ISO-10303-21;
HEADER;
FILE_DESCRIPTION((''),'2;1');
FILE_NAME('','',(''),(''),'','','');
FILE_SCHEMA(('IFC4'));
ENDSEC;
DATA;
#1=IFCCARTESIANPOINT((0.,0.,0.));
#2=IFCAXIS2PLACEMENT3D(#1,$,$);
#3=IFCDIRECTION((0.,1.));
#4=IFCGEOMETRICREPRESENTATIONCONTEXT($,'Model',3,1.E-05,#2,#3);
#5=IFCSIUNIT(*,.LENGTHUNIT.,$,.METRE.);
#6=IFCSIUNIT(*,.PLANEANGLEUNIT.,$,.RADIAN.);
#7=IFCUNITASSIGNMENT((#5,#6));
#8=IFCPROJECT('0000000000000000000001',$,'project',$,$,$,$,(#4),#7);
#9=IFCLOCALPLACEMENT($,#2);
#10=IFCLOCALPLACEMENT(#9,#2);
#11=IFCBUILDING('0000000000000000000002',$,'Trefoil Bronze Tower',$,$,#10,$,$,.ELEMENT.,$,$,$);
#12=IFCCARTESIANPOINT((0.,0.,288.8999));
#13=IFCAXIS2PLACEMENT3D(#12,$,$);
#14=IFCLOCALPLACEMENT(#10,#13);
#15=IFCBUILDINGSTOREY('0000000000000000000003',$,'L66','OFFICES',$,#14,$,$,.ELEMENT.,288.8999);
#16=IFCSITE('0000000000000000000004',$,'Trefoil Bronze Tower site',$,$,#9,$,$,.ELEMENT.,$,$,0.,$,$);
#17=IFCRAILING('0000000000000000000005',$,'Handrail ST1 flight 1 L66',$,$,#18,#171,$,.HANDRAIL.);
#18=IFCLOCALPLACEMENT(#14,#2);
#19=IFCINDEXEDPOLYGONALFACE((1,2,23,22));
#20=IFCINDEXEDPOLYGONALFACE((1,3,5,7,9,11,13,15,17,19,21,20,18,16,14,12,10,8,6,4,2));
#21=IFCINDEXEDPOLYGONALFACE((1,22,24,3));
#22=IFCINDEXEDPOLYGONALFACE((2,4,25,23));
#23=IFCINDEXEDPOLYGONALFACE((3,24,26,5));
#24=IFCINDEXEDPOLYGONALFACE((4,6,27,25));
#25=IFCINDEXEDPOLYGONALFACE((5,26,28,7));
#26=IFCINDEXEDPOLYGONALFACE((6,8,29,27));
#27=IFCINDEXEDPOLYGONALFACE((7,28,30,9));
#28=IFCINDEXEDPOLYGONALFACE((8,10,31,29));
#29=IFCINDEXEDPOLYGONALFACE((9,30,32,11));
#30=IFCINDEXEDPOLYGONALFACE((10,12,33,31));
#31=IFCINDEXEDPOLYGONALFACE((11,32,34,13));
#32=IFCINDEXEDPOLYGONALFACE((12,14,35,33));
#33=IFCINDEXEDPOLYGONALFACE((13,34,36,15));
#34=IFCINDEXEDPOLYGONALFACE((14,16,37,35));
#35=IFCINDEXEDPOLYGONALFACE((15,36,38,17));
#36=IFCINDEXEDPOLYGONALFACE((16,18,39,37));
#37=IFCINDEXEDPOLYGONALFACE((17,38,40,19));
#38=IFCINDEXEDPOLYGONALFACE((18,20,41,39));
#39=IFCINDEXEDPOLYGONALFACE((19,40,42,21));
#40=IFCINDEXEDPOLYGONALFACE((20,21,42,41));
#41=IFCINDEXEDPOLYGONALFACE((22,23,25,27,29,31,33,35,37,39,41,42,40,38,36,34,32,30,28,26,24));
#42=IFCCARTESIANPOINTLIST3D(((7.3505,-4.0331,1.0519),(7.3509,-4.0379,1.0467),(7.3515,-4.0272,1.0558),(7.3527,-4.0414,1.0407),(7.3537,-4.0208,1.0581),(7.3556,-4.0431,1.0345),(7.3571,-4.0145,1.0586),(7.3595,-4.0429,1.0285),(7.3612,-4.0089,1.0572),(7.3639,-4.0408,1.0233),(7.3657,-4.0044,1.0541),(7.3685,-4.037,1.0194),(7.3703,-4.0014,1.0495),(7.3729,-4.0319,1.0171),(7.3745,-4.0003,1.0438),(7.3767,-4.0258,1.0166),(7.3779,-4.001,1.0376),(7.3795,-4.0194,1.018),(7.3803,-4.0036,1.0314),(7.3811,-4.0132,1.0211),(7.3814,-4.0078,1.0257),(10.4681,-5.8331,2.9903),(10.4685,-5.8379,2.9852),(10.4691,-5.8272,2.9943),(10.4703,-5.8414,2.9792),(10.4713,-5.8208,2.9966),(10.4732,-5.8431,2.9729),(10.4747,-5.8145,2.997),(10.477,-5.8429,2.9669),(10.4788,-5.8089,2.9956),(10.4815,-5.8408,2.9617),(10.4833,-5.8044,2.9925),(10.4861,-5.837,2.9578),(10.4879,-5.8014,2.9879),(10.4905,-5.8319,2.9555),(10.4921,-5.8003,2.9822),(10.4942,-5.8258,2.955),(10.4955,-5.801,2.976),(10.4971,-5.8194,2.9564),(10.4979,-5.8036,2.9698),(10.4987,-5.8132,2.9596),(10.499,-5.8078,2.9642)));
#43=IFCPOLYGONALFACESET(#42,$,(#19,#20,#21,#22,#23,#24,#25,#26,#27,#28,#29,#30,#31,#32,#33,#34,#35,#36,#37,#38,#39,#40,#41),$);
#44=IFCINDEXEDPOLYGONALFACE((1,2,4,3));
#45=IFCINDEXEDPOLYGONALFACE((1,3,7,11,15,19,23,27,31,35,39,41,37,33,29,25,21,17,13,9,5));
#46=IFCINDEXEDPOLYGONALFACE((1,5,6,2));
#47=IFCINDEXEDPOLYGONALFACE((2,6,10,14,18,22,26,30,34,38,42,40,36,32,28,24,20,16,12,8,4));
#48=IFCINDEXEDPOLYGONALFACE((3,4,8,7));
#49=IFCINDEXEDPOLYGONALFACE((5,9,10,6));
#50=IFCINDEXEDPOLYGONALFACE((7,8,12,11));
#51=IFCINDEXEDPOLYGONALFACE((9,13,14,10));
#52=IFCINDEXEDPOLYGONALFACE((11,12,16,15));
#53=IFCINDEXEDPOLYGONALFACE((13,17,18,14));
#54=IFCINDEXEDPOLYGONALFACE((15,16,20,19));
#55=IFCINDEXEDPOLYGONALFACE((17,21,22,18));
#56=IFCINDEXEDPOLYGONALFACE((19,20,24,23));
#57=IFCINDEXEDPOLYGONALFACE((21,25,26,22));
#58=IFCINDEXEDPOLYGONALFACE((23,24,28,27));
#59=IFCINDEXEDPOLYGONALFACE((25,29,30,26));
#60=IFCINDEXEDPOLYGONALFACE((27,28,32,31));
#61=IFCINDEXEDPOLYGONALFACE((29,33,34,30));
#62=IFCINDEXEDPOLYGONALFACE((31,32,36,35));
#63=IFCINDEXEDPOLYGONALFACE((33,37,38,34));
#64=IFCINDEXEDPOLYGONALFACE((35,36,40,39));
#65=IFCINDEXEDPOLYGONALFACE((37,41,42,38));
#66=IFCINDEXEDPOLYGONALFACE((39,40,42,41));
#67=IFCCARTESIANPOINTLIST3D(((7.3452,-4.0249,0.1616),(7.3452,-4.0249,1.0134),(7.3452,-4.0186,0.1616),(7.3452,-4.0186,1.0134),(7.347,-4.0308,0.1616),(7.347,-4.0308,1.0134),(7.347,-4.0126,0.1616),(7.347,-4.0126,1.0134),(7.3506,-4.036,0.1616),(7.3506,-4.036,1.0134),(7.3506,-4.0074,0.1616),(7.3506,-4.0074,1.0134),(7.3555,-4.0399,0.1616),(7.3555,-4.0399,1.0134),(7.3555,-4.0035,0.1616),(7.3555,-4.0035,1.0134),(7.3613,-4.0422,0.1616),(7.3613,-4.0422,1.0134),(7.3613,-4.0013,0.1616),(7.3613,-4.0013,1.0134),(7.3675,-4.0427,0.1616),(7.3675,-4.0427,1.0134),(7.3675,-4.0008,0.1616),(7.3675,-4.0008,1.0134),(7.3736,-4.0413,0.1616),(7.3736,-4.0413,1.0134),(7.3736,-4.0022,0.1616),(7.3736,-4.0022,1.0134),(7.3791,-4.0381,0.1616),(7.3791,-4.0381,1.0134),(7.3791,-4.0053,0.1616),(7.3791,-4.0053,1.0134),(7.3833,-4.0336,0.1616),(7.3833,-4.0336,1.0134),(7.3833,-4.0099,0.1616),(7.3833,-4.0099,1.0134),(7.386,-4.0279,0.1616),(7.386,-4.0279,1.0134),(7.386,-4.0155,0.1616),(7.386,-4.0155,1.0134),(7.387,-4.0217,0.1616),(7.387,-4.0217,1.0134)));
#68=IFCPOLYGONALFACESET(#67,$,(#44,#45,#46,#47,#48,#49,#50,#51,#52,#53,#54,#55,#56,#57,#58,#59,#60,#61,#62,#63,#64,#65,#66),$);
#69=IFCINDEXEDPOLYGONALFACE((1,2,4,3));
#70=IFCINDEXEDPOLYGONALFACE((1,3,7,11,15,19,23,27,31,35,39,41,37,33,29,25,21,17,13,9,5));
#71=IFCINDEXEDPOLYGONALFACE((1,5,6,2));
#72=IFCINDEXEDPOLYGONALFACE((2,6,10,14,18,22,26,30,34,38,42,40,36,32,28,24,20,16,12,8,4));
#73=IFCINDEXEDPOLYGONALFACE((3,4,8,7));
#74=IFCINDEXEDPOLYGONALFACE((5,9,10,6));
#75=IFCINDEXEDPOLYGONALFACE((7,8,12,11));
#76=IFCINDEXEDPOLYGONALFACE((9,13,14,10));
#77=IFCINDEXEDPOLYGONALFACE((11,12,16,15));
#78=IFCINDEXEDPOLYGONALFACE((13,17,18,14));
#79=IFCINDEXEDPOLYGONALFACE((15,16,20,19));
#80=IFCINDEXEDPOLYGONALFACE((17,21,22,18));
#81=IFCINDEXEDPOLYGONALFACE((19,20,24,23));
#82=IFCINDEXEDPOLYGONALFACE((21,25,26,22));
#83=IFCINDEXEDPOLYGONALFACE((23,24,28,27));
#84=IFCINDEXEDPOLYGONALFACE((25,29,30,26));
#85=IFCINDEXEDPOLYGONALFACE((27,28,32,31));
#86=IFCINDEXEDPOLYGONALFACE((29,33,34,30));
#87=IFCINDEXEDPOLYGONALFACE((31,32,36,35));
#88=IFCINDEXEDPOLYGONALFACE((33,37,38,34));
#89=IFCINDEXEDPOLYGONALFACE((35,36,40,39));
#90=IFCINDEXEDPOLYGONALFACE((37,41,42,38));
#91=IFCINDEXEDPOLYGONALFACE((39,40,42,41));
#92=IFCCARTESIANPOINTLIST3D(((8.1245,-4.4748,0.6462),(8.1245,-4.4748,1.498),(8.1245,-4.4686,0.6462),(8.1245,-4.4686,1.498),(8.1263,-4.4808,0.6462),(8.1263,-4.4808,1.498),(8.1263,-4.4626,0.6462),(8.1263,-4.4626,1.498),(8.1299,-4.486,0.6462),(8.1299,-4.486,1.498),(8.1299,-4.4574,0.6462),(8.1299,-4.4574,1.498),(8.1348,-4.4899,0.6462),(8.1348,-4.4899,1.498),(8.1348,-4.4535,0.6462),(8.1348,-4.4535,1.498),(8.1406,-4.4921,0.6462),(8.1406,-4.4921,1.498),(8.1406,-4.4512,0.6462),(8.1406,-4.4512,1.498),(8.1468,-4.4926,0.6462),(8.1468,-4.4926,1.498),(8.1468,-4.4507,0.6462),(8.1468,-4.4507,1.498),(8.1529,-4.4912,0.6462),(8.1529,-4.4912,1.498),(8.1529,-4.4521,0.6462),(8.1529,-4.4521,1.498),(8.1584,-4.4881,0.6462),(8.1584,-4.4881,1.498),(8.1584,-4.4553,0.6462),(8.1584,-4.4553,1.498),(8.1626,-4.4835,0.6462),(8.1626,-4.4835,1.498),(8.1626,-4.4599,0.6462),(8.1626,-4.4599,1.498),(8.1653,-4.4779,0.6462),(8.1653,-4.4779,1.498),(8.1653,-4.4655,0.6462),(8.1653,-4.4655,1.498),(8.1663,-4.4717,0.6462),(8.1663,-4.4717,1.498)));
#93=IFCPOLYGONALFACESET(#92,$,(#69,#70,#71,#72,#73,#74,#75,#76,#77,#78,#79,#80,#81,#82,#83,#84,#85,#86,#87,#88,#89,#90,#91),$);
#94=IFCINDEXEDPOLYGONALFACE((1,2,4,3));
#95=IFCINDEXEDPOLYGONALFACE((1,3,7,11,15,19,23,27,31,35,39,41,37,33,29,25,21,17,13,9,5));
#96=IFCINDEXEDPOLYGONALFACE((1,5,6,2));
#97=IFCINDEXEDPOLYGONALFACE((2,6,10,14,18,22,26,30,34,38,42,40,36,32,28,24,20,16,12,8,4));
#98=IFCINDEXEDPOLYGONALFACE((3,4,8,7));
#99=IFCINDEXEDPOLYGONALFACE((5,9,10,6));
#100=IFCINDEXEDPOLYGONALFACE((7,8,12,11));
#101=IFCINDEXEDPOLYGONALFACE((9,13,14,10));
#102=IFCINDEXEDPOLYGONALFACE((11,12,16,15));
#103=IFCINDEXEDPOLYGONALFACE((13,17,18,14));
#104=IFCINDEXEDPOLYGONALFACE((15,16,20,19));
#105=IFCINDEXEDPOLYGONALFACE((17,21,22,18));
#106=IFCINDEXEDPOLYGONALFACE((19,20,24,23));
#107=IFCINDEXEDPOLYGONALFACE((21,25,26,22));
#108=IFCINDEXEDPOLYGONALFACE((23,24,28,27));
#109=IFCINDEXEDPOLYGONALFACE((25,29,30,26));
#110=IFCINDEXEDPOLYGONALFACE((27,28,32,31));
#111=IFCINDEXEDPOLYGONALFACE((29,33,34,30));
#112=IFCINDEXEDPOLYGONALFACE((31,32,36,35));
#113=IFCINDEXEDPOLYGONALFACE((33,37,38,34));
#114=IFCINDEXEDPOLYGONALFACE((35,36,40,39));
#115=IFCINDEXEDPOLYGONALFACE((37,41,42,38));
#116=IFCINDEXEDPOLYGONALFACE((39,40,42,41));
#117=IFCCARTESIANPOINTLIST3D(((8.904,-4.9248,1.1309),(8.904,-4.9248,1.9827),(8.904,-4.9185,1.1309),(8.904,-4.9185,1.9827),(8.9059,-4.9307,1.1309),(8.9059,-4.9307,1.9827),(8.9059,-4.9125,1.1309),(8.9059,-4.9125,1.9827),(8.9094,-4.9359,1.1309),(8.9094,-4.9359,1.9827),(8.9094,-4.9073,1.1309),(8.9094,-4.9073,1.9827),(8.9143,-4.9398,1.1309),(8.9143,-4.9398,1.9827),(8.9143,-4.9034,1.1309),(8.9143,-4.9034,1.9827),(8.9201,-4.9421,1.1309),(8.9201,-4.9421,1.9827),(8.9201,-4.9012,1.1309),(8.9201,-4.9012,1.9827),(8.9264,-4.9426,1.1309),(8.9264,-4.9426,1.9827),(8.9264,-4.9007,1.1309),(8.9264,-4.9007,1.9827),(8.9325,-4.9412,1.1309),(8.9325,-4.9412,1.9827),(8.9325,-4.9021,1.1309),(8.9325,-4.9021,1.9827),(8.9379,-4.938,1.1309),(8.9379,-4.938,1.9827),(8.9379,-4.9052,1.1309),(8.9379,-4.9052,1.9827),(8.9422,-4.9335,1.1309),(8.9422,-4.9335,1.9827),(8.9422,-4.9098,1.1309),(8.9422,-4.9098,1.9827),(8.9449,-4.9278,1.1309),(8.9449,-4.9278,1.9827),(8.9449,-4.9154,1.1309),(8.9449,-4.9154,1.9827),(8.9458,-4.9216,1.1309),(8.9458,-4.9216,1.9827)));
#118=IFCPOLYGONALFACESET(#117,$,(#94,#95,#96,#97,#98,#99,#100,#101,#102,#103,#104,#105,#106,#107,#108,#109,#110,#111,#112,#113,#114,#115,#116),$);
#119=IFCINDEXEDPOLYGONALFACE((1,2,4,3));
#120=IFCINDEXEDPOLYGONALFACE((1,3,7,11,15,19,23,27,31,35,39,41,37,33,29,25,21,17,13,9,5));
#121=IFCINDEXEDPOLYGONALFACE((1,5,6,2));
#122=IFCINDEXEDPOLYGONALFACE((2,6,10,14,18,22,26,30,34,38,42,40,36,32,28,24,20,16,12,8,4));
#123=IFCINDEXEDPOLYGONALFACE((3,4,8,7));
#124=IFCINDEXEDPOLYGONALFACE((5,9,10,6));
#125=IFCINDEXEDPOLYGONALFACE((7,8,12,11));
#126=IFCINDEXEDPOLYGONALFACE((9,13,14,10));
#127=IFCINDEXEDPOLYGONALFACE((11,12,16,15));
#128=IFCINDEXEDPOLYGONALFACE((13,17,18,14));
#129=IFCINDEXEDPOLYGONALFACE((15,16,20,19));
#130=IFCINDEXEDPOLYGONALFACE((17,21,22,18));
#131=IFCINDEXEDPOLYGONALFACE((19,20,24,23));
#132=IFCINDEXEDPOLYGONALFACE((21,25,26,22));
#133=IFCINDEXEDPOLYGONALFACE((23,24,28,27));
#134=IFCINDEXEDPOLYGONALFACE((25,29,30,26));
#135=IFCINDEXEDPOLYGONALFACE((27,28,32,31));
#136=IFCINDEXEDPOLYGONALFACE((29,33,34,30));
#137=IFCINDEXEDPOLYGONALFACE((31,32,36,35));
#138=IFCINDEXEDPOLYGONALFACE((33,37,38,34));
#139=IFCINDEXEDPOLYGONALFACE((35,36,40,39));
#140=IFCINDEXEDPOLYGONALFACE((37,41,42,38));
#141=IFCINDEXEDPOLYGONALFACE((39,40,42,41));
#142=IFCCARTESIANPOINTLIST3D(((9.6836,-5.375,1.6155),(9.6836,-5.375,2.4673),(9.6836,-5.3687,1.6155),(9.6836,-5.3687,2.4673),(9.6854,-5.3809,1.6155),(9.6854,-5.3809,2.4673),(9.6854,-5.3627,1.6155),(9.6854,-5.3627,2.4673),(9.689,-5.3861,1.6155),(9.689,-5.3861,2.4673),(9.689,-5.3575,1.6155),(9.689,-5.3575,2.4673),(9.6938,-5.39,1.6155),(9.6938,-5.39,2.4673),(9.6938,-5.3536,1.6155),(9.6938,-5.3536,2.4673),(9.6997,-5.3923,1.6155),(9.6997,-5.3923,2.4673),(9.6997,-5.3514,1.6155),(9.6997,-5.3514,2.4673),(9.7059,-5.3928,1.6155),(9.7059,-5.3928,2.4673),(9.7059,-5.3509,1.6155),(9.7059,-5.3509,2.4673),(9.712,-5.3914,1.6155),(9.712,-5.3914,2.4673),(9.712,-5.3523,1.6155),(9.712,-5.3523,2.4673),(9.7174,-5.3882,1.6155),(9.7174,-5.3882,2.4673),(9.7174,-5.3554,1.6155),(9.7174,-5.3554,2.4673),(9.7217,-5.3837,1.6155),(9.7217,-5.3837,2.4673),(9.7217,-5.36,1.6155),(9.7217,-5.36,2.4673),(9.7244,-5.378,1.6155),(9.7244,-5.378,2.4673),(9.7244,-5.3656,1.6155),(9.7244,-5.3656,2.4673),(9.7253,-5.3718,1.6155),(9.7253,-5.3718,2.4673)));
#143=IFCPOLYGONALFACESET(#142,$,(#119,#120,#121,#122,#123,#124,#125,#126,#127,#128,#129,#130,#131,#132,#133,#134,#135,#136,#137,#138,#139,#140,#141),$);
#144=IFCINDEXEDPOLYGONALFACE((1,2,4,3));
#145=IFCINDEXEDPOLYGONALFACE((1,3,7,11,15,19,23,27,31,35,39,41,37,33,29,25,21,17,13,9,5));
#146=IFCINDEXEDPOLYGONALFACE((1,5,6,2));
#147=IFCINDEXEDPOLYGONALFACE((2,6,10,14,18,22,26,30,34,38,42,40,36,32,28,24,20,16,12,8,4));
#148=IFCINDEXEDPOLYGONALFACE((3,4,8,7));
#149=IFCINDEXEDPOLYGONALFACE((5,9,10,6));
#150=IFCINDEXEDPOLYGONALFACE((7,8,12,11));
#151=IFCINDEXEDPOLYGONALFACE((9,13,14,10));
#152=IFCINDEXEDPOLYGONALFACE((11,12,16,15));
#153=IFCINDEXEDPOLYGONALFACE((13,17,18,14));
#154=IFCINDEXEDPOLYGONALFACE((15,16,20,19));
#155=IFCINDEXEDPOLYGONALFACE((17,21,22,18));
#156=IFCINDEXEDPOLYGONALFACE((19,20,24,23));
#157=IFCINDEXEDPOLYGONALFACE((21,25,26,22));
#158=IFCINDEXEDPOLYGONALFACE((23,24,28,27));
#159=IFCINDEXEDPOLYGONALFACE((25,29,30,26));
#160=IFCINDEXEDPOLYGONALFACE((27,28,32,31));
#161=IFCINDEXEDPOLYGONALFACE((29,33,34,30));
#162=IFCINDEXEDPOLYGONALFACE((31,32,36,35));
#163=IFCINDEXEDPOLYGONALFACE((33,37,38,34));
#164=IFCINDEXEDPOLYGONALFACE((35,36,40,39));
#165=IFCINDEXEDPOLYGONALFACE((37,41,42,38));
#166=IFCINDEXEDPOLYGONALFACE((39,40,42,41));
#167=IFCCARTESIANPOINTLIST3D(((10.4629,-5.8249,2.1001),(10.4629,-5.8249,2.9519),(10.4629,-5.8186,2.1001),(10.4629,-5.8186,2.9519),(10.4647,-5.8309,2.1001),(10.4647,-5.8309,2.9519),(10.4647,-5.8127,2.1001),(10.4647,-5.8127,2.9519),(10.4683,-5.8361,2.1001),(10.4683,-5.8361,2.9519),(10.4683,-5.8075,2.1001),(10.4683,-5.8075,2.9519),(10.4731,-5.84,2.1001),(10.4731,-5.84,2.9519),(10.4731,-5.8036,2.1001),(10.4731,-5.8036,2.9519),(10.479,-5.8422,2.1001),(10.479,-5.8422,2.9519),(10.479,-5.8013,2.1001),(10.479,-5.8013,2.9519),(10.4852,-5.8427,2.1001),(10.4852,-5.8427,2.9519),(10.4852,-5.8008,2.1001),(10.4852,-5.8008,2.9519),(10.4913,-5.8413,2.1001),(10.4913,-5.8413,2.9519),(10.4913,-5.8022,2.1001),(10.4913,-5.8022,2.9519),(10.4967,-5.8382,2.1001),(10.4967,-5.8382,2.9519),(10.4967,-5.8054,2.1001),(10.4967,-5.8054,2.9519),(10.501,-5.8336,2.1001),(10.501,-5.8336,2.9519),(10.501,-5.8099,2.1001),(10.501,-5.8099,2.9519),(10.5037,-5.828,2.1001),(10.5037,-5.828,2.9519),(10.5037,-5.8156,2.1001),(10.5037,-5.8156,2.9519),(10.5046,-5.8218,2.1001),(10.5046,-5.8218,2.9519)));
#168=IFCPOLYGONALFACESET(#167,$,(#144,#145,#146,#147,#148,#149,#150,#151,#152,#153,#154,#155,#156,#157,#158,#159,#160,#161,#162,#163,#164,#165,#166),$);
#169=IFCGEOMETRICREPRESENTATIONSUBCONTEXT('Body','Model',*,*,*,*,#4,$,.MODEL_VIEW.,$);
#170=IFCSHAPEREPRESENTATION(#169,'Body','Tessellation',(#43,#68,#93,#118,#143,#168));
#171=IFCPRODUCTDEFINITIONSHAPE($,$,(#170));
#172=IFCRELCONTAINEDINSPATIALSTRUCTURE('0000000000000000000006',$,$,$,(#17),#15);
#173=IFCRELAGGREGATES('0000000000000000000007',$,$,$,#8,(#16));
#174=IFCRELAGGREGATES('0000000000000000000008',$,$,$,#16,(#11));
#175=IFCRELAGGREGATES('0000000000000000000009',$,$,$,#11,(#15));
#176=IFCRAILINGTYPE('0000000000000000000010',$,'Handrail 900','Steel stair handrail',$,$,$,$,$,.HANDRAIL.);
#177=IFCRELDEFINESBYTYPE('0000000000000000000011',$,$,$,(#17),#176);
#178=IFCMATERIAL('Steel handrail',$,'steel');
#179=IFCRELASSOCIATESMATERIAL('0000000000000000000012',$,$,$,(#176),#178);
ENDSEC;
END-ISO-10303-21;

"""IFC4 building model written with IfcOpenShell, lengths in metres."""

from ifc_helpers import new_model, si_unit, direction, frame, origin, origin_2d, place, context, subcontext, project, spatial, circle, extrude, material, type_object, element, save


model = new_model("IFC4")

# Units and contexts
model_context = context("Model", 3, precision=1e-05, world=origin(), true_north=direction((0.0, 1.0)))
body_context = subcontext(model_context, "Body", "Model", "MODEL_VIEW")
ifc_project = project(units=[si_unit("LENGTHUNIT", "METRE"), si_unit("PLANEANGLEUNIT", "RADIAN")], contexts=[model_context])

# Site, building, storey
site_placement = place(None, origin())
site = spatial("IfcSite", under=ifc_project, at=site_placement, Name="Trefoil Bronze Tower site", CompositionType="ELEMENT", RefElevation=0.0)
building_placement = place(site_placement, origin())
building = spatial("IfcBuilding", under=site, at=building_placement, Name="Trefoil Bronze Tower", CompositionType="ELEMENT")
storey_placement = place(building_placement, frame((0.0, 0.0, 288.8999)))
storey = spatial("IfcBuildingStorey", under=building, at=storey_placement, Name="L66", Description="OFFICES", CompositionType="ELEMENT", Elevation=288.8999)

# Railing
ifc_material_1 = material(Name="Steel handrail", Category="steel")
railing_type = type_object("IfcRailingType", Name="Handrail 900", Description="Steel stair handrail", PredefinedType="HANDRAIL", material=ifc_material_1)
railing_1_placement = place(storey_placement, frame((7.366, -4.0217, 0.1616)))
element("IfcRailing", 1, at=railing_1_placement, inside=storey, type_object=railing_type, Name="Handrail ST1 flight 1 L66", PredefinedType="HANDRAIL", context=body_context, shape_type="SweptSolid", body=[
    extrude(circle(Radius=0.0239, at=origin_2d()), frame((0.0, 0.0, 0.876), z_axis=(0.762503, -0.440246, 0.474102), x_axis=(0.500012, 0.866018, 0.0)), (0.0, 0.0, 1.0), 4.0886),
    extrude(circle(Radius=0.021, at=origin_2d()), origin(), (0.0, 0.0, 1.0), 0.8518),
    extrude(circle(Radius=0.021, at=origin_2d()), frame((0.7793, -0.45, 0.4846)), (0.0, 0.0, 1.0), 0.8518),
    extrude(circle(Radius=0.021, at=origin_2d()), frame((1.5588, -0.8999, 0.9692)), (0.0, 0.0, 1.0), 0.8518),
    extrude(circle(Radius=0.021, at=origin_2d()), frame((2.3384, -1.3501, 1.4539)), (0.0, 0.0, 1.0), 0.8518),
    extrude(circle(Radius=0.021, at=origin_2d()), frame((3.1177, -1.8, 1.9385)), (0.0, 0.0, 1.0), 0.8518),
])

save(model, "model.ifc")
